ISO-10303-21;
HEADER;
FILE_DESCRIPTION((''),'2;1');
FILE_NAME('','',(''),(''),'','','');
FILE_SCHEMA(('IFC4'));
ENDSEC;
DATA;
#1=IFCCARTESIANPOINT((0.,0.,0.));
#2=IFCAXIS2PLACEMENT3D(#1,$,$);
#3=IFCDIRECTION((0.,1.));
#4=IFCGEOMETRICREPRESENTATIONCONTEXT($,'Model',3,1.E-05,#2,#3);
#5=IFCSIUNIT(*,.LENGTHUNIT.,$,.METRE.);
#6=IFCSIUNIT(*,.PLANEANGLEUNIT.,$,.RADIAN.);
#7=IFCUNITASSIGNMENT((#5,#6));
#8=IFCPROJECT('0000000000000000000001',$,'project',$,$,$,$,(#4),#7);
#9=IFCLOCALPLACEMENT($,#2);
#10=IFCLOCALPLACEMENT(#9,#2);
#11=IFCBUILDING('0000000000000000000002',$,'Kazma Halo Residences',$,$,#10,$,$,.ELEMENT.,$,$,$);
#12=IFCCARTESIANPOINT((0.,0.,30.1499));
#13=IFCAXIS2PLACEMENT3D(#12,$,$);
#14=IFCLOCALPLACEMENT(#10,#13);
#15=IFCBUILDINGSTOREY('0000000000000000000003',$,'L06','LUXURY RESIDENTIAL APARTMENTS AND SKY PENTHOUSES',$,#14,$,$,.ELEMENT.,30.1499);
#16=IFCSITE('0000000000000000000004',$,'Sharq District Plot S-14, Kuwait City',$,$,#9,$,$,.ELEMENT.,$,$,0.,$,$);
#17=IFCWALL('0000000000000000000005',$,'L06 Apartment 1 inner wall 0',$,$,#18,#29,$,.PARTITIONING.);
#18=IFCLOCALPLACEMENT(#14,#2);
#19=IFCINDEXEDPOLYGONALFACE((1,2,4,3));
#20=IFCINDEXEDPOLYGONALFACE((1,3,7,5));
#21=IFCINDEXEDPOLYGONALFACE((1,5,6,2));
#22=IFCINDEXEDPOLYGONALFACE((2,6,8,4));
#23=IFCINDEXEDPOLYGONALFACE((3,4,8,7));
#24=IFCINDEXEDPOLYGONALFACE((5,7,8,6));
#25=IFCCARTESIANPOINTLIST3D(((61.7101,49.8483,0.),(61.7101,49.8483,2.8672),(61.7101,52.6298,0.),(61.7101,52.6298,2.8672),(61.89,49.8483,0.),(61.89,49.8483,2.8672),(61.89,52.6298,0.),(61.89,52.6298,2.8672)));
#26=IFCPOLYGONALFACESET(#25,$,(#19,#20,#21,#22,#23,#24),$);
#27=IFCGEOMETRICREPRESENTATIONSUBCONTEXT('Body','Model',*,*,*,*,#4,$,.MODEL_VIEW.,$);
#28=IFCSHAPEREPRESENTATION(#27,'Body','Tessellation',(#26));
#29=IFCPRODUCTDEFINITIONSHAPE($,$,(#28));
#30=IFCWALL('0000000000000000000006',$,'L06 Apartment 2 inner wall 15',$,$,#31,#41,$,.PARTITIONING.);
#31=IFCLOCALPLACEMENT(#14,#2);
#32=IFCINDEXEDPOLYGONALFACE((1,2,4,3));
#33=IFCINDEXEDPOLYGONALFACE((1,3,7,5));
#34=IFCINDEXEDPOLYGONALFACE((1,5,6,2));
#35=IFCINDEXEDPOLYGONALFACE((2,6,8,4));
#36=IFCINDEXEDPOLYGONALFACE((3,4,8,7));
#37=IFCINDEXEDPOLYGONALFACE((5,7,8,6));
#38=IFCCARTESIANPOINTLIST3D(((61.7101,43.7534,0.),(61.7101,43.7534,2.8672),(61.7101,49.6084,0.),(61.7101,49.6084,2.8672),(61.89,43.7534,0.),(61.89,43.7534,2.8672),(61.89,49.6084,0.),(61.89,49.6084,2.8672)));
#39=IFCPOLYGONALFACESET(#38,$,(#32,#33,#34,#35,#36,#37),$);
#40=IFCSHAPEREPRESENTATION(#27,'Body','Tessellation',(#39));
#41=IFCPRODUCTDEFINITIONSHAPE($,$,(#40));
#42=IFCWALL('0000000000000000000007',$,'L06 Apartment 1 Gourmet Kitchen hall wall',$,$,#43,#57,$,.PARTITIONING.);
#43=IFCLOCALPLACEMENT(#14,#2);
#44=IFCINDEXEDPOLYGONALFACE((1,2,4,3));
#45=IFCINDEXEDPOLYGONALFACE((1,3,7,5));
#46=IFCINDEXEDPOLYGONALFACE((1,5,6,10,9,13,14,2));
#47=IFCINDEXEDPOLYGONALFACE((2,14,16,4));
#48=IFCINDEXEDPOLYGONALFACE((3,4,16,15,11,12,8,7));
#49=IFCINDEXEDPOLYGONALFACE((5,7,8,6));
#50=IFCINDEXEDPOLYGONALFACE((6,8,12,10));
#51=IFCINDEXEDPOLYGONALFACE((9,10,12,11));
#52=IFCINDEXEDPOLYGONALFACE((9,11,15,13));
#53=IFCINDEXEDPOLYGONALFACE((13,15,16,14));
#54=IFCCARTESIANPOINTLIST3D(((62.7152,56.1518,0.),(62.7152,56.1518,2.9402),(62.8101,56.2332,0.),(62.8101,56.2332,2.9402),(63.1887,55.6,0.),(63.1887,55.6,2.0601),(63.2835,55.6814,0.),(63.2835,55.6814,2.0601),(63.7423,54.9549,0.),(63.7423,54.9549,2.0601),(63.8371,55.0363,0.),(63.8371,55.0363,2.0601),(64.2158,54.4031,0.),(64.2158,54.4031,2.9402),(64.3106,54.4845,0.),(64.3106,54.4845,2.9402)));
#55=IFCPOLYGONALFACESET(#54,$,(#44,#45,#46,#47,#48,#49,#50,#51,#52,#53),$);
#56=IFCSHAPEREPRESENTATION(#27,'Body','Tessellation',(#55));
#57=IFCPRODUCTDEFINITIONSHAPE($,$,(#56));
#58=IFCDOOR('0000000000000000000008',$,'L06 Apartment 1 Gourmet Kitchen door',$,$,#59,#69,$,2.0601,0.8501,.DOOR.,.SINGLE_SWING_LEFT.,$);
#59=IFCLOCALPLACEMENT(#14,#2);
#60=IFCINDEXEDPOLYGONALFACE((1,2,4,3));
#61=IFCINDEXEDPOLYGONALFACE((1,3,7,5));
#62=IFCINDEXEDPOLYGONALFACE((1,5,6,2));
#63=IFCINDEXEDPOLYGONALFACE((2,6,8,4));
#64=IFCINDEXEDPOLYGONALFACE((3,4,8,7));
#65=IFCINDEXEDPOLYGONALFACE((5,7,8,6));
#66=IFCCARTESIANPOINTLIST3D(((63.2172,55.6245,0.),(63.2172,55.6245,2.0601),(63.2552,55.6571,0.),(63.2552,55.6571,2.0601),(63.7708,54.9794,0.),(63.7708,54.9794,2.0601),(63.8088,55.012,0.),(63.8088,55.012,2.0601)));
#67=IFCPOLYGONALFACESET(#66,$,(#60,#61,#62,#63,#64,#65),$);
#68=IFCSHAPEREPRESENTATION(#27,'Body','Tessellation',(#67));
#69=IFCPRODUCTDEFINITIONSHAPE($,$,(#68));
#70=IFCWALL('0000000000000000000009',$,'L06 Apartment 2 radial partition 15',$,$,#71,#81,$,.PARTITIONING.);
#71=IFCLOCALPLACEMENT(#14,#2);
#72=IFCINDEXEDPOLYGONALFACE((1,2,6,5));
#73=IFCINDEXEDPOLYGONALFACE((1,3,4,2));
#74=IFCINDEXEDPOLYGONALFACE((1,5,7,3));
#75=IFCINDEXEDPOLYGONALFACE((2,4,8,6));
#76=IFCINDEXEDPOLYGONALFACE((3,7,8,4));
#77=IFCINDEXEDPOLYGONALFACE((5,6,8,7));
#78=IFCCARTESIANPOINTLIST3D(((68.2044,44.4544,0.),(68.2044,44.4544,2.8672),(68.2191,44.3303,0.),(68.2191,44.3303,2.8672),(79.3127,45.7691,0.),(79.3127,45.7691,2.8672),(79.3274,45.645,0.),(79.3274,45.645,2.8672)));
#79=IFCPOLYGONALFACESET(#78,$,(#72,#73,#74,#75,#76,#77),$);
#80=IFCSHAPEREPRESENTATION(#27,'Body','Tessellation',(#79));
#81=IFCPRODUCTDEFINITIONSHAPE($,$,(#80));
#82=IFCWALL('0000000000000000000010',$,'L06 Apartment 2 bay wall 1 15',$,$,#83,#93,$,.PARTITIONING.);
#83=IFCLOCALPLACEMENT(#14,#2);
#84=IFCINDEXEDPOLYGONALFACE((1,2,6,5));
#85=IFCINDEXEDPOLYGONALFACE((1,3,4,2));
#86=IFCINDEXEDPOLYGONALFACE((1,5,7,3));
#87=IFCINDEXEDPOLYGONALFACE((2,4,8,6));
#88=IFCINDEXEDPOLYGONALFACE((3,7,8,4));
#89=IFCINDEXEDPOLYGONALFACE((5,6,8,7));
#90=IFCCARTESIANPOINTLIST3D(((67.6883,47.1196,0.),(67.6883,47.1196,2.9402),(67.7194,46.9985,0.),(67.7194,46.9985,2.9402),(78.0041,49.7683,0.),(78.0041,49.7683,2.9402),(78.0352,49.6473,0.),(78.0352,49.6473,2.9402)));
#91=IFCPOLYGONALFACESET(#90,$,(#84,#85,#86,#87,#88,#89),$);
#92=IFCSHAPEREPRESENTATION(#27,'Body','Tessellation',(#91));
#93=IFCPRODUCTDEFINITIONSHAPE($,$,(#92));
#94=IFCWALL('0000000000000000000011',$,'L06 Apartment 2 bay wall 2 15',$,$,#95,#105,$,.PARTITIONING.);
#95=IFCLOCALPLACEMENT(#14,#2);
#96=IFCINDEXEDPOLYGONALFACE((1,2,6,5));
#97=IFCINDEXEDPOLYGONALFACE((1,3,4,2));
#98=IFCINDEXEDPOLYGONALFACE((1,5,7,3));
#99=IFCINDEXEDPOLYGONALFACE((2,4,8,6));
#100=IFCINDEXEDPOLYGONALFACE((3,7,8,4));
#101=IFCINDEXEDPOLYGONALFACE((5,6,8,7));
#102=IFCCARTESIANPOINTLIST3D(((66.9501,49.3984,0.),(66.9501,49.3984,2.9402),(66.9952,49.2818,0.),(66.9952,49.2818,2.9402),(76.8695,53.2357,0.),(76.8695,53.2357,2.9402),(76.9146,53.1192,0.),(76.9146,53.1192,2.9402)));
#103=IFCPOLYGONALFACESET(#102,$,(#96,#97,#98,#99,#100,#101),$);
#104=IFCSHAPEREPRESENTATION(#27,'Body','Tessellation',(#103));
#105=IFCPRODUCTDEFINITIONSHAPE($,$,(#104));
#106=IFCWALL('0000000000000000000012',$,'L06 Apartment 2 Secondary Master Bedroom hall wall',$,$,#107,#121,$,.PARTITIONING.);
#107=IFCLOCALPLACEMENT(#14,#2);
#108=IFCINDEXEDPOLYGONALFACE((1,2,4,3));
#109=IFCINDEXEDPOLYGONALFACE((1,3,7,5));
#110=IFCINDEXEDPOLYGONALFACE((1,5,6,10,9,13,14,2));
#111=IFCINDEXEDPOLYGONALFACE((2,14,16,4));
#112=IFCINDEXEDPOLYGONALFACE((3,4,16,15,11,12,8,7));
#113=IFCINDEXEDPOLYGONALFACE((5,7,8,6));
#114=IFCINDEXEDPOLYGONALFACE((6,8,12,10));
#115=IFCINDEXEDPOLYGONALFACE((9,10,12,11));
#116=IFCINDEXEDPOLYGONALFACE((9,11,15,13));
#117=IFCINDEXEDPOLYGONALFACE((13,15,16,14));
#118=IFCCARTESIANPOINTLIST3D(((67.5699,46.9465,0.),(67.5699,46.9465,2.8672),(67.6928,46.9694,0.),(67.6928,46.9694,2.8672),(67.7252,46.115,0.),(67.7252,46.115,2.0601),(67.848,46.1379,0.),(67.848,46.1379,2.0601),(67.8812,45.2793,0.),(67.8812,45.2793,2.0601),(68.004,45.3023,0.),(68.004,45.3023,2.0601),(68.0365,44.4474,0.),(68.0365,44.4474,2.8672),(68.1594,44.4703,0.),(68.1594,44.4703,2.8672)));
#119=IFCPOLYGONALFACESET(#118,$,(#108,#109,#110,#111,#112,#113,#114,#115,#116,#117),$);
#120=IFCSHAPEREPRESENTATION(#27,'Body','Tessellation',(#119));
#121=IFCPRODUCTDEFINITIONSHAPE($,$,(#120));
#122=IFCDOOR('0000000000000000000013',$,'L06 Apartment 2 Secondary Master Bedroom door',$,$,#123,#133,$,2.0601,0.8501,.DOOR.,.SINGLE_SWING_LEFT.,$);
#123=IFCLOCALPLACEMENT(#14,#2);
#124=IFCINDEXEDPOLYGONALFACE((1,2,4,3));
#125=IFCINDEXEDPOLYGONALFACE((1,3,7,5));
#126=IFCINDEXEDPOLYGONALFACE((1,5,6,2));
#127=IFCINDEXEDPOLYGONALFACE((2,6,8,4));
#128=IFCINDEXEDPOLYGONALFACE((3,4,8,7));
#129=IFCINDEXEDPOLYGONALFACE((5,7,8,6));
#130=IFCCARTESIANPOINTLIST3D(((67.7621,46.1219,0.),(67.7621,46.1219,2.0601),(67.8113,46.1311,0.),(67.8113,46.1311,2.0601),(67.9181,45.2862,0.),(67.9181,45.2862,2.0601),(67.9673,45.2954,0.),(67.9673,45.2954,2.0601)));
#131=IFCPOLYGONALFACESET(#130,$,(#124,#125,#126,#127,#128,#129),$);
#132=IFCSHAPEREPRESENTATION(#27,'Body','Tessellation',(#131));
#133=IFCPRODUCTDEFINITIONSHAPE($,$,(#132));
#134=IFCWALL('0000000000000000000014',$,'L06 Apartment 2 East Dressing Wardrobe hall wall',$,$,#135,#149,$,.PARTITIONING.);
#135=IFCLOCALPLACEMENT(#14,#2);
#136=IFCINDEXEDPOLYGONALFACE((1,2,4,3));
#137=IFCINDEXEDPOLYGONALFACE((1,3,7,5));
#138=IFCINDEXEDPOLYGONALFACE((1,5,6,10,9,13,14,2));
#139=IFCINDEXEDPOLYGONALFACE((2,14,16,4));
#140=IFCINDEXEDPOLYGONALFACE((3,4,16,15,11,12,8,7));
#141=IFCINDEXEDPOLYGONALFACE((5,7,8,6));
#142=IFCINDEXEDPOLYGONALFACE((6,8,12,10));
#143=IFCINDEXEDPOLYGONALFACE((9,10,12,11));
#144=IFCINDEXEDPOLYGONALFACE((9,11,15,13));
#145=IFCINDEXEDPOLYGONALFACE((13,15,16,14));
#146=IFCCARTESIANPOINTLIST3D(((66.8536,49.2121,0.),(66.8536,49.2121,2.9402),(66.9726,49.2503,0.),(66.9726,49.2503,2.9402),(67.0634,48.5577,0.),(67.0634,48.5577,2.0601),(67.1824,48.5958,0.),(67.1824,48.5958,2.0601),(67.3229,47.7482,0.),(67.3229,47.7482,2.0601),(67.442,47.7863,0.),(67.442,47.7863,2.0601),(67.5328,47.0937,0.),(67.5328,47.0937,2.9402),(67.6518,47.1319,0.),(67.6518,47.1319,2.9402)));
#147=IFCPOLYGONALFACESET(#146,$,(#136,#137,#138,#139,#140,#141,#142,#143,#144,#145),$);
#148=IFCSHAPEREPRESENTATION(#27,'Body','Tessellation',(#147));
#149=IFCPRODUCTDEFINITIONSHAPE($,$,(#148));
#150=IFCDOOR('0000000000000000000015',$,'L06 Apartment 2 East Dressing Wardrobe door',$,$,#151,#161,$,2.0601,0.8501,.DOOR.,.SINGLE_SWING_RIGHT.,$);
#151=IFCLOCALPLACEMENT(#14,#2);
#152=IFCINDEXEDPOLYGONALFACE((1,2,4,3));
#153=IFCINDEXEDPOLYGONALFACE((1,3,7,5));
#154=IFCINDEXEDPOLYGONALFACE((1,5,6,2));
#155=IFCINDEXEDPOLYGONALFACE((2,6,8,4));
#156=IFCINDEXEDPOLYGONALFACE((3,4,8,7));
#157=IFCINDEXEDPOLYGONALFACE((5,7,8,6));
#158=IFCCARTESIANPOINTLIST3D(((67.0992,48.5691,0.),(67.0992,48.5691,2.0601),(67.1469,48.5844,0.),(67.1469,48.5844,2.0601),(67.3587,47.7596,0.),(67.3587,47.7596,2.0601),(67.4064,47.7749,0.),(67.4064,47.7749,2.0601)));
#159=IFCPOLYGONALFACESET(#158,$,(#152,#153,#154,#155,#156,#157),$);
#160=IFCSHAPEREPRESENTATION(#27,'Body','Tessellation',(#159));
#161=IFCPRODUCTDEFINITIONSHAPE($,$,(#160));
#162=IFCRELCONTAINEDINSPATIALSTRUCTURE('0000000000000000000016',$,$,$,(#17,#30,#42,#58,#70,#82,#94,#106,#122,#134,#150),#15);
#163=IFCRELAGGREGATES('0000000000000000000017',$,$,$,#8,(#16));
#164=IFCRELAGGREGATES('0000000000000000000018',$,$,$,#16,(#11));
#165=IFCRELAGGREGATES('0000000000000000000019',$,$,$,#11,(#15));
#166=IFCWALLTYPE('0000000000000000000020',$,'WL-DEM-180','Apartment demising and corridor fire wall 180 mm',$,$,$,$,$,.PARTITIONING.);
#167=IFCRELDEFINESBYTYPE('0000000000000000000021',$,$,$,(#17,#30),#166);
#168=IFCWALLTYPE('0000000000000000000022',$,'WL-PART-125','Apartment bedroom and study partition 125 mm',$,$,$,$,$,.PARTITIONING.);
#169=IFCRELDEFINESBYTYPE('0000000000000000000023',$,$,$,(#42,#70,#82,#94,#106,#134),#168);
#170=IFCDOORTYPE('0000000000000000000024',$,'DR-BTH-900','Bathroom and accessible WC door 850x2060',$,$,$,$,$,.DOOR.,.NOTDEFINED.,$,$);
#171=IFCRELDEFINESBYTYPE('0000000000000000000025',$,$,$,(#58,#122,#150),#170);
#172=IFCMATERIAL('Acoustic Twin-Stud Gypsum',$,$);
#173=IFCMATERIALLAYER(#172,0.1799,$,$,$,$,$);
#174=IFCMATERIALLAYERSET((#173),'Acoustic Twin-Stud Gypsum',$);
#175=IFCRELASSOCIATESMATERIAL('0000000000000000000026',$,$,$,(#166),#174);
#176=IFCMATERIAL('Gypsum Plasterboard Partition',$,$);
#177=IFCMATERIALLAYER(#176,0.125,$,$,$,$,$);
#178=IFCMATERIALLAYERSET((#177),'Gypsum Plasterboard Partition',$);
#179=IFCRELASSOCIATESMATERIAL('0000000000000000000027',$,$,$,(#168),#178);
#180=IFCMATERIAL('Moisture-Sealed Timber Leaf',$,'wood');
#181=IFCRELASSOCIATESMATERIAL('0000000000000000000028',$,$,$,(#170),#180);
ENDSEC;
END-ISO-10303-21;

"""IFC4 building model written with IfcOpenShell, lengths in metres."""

from ifc_helpers import new_model, si_unit, direction, frame, frame_2d, origin, place, context, subcontext, project, spatial, rectangle, extrude, material, layer, layer_set, type_object, element, fill, save


model = new_model("IFC4")

# Units and contexts
model_context = context("Model", 3, precision=1e-05, world=origin(), true_north=direction((0.0, 1.0)))
body_context = subcontext(model_context, "Body", "Model", "MODEL_VIEW")
ifc_project = project(units=[si_unit("LENGTHUNIT", "METRE"), si_unit("PLANEANGLEUNIT", "RADIAN")], contexts=[model_context])

# Site, building, storey
site_placement = place(None, origin())
site = spatial("IfcSite", under=ifc_project, at=site_placement, Name="Sharq District Plot S-14, Kuwait City", CompositionType="ELEMENT", RefElevation=0.0)
building_placement = place(site_placement, origin())
building = spatial("IfcBuilding", under=site, at=building_placement, Name="Kazma Halo Residences", CompositionType="ELEMENT")
storey_placement = place(building_placement, frame((0.0, 0.0, 30.1499)))
storey = spatial("IfcBuildingStorey", under=building, at=storey_placement, Name="L06", Description="LUXURY RESIDENTIAL APARTMENTS AND SKY PENTHOUSES", CompositionType="ELEMENT", Elevation=30.1499)

# Walls
ifc_material_1 = material(Name="Acoustic Twin-Stud Gypsum")
ifc_layer_1 = layer(ifc_material_1, 0.1799)
ifc_layer_set_1 = layer_set([ifc_layer_1], Name="Acoustic Twin-Stud Gypsum")
wall_type_1 = type_object("IfcWallType", Name="WL-DEM-180", Description="Apartment demising and corridor fire wall 180 mm", PredefinedType="PARTITIONING", material=ifc_layer_set_1)
wall_1_placement = place(storey_placement, frame((61.8, 49.8484, 0.0), z_axis=(0.0, 0.0, 1.0), x_axis=(0.0, 1.0, 0.0)))
element("IfcWall", 1, at=wall_1_placement, inside=storey, type_object=wall_type_1, Name="L06 Apartment 1 inner wall 0", PredefinedType="PARTITIONING", context=body_context, shape_type="SweptSolid", body=[
    extrude(rectangle(XDim=2.7815, YDim=0.1799, at=frame_2d((1.3906, 0.0))), origin(), (0.0, 0.0, 1.0), 2.8672),
])
wall_2_placement = place(storey_placement, frame((61.8, 43.7534, 0.0), z_axis=(0.0, 0.0, 1.0), x_axis=(0.0, 1.0, 0.0)))
element("IfcWall", 2, at=wall_2_placement, inside=storey, type_object=wall_type_1, Name="L06 Apartment 2 inner wall 15", PredefinedType="PARTITIONING", context=body_context, shape_type="SweptSolid", body=[
    extrude(rectangle(XDim=5.855, YDim=0.1799, at=frame_2d((2.9275, 0.0))), origin(), (0.0, 0.0, 1.0), 2.8672),
])

# Wall, opening, door
ifc_material_2 = material(Name="Gypsum Plasterboard Partition")
ifc_layer_2 = layer(ifc_material_2, 0.125)
ifc_layer_set_2 = layer_set([ifc_layer_2], Name="Gypsum Plasterboard Partition")
wall_type_2 = type_object("IfcWallType", Name="WL-PART-125", Description="Apartment bedroom and study partition 125 mm", PredefinedType="PARTITIONING", material=ifc_layer_set_2)
wall_3_placement = place(storey_placement, frame((64.2632, 54.4438, 0.0), z_axis=(0.0, 0.0, 1.0), x_axis=(-0.651228, 0.758883, 0.0)))
wall_3 = element("IfcWall", 3, at=wall_3_placement, inside=storey, type_object=wall_type_2, Name="L06 Apartment 1 Gourmet Kitchen hall wall", PredefinedType="PARTITIONING", context=body_context, shape_type="SweptSolid", body=[
    extrude(rectangle(XDim=2.3042, YDim=0.125, at=frame_2d((1.1521, 0.0))), origin(), (0.0, 0.0, 1.0), 2.9402),
])
opening_1_placement = place(wall_3_placement, frame((0.7271, 0.0, 0.0)))
opening_1 = element("IfcOpeningElement", 4, at=opening_1_placement, cuts=wall_3, PredefinedType="OPENING", context=body_context, shape_type="SweptSolid", body=[
    extrude(rectangle(XDim=0.8501, YDim=2.0601, at=frame_2d((0.425, 1.03))), frame((0.0, 0.0725, 0.0), z_axis=(0.0, -1.0, 0.0), x_axis=(1.0, 0.0, 0.0)), (0.0, 0.0, 1.0), 0.145),
])
ifc_material_3 = material(Name="Moisture-Sealed Timber Leaf", Category="wood")
door_type = type_object("IfcDoorType", Name="DR-BTH-900", Description="Bathroom and accessible WC door 850x2060", OperationType="NOTDEFINED", PredefinedType="DOOR", material=ifc_material_3)
door_1_placement = place(opening_1_placement, origin())
door_1 = element("IfcDoor", 5, at=door_1_placement, inside=storey, type_object=door_type, Name="L06 Apartment 1 Gourmet Kitchen door", OperationType="SINGLE_SWING_LEFT", OverallHeight=2.0601, OverallWidth=0.8501, PredefinedType="DOOR", context=body_context, shape_type="SweptSolid", body=[
    extrude(rectangle(XDim=0.8501, YDim=2.0601, at=frame_2d((0.425, 1.03))), frame((0.0, 0.0249, 0.0), z_axis=(0.0, -1.0, 0.0), x_axis=(1.0, 0.0, 0.0)), (0.0, 0.0, 1.0), 0.05),
])
fill(opening_1, door_1)

# Walls
wall_4_placement = place(storey_placement, frame((68.2119, 44.3923, 0.0), z_axis=(0.0, 0.0, 1.0), x_axis=(0.993069, 0.117534, 0.0)))
element("IfcWall", 6, at=wall_4_placement, inside=storey, type_object=wall_type_2, Name="L06 Apartment 2 radial partition 15", PredefinedType="PARTITIONING", context=body_context, shape_type="SweptSolid", body=[
    extrude(rectangle(XDim=11.1858, YDim=0.125, at=frame_2d((5.5928, 0.0))), origin(), (0.0, 0.0, 1.0), 2.8672),
])
wall_5_placement = place(storey_placement, frame((67.7039, 47.0591, 0.0), z_axis=(0.0, 0.0, 1.0), x_axis=(0.968582, 0.248696, 0.0)))
element("IfcWall", 7, at=wall_5_placement, inside=storey, type_object=wall_type_2, Name="L06 Apartment 2 bay wall 1 15", PredefinedType="PARTITIONING", context=body_context, shape_type="SweptSolid", body=[
    extrude(rectangle(XDim=10.6504, YDim=0.125, at=frame_2d((5.3252, 0.0))), origin(), (0.0, 0.0, 1.0), 2.9402),
])
wall_6_placement = place(storey_placement, frame((66.9727, 49.3401, 0.0), z_axis=(0.0, 0.0, 1.0), x_axis=(0.932643, 0.3608, 0.0)))
element("IfcWall", 8, at=wall_6_placement, inside=storey, type_object=wall_type_2, Name="L06 Apartment 2 bay wall 2 15", PredefinedType="PARTITIONING", context=body_context, shape_type="SweptSolid", body=[
    extrude(rectangle(XDim=10.6357, YDim=0.125, at=frame_2d((5.3179, 0.0))), origin(), (0.0, 0.0, 1.0), 2.9402),
])

# Walls, openings, doors
wall_7_placement = place(storey_placement, frame((68.0979, 44.459, 0.0), z_axis=(0.0, 0.0, 1.0), x_axis=(-0.183523, 0.983015, 0.0)))
wall_7 = element("IfcWall", 9, at=wall_7_placement, inside=storey, type_object=wall_type_2, Name="L06 Apartment 2 Secondary Master Bedroom hall wall", PredefinedType="PARTITIONING", context=body_context, shape_type="SweptSolid", body=[
    extrude(rectangle(XDim=2.5422, YDim=0.125, at=frame_2d((1.271, 0.0))), origin(), (0.0, 0.0, 1.0), 2.8672),
])
opening_2_placement = place(wall_7_placement, frame((0.8462, 0.0, 0.0)))
opening_2 = element("IfcOpeningElement", 10, at=opening_2_placement, cuts=wall_7, PredefinedType="OPENING", context=body_context, shape_type="SweptSolid", body=[
    extrude(rectangle(XDim=0.8501, YDim=2.0601, at=frame_2d((0.425, 1.03))), frame((0.0, 0.0725, 0.0), z_axis=(0.0, -1.0, 0.0), x_axis=(1.0, 0.0, 0.0)), (0.0, 0.0, 1.0), 0.145),
])
door_2_placement = place(opening_2_placement, origin())
door_2 = element("IfcDoor", 11, at=door_2_placement, inside=storey, type_object=door_type, Name="L06 Apartment 2 Secondary Master Bedroom door", OperationType="SINGLE_SWING_LEFT", OverallHeight=2.0601, OverallWidth=0.8501, PredefinedType="DOOR", context=body_context, shape_type="SweptSolid", body=[
    extrude(rectangle(XDim=0.8501, YDim=2.0601, at=frame_2d((0.425, 1.03))), frame((0.0, 0.0249, 0.0), z_axis=(0.0, -1.0, 0.0), x_axis=(1.0, 0.0, 0.0)), (0.0, 0.0, 1.0), 0.05),
])
fill(opening_2, door_2)
wall_8_placement = place(storey_placement, frame((67.5923, 47.1128, 0.0), z_axis=(0.0, 0.0, 1.0), x_axis=(-0.305309, 0.952253, 0.0)))
wall_8 = element("IfcWall", 12, at=wall_8_placement, inside=storey, type_object=wall_type_2, Name="L06 Apartment 2 East Dressing Wardrobe hall wall", PredefinedType="PARTITIONING", context=body_context, shape_type="SweptSolid", body=[
    extrude(rectangle(XDim=2.2246, YDim=0.125, at=frame_2d((1.1123, 0.0))), origin(), (0.0, 0.0, 1.0), 2.9402),
])
opening_3_placement = place(wall_8_placement, frame((0.6873, 0.0, 0.0)))
opening_3 = element("IfcOpeningElement", 13, at=opening_3_placement, cuts=wall_8, PredefinedType="OPENING", context=body_context, shape_type="SweptSolid", body=[
    extrude(rectangle(XDim=0.8501, YDim=2.0601, at=frame_2d((0.425, 1.03))), frame((0.0, 0.0725, 0.0), z_axis=(0.0, -1.0, 0.0), x_axis=(1.0, 0.0, 0.0)), (0.0, 0.0, 1.0), 0.145),
])
door_3_placement = place(opening_3_placement, origin())
door_3 = element("IfcDoor", 14, at=door_3_placement, inside=storey, type_object=door_type, Name="L06 Apartment 2 East Dressing Wardrobe door", OperationType="SINGLE_SWING_RIGHT", OverallHeight=2.0601, OverallWidth=0.8501, PredefinedType="DOOR", context=body_context, shape_type="SweptSolid", body=[
    extrude(rectangle(XDim=0.8501, YDim=2.0601, at=frame_2d((0.425, 1.03))), frame((0.0, 0.0249, 0.0), z_axis=(0.0, -1.0, 0.0), x_axis=(1.0, 0.0, 0.0)), (0.0, 0.0, 1.0), 0.05),
])
fill(opening_3, door_3)

save(model, "model.ifc")
